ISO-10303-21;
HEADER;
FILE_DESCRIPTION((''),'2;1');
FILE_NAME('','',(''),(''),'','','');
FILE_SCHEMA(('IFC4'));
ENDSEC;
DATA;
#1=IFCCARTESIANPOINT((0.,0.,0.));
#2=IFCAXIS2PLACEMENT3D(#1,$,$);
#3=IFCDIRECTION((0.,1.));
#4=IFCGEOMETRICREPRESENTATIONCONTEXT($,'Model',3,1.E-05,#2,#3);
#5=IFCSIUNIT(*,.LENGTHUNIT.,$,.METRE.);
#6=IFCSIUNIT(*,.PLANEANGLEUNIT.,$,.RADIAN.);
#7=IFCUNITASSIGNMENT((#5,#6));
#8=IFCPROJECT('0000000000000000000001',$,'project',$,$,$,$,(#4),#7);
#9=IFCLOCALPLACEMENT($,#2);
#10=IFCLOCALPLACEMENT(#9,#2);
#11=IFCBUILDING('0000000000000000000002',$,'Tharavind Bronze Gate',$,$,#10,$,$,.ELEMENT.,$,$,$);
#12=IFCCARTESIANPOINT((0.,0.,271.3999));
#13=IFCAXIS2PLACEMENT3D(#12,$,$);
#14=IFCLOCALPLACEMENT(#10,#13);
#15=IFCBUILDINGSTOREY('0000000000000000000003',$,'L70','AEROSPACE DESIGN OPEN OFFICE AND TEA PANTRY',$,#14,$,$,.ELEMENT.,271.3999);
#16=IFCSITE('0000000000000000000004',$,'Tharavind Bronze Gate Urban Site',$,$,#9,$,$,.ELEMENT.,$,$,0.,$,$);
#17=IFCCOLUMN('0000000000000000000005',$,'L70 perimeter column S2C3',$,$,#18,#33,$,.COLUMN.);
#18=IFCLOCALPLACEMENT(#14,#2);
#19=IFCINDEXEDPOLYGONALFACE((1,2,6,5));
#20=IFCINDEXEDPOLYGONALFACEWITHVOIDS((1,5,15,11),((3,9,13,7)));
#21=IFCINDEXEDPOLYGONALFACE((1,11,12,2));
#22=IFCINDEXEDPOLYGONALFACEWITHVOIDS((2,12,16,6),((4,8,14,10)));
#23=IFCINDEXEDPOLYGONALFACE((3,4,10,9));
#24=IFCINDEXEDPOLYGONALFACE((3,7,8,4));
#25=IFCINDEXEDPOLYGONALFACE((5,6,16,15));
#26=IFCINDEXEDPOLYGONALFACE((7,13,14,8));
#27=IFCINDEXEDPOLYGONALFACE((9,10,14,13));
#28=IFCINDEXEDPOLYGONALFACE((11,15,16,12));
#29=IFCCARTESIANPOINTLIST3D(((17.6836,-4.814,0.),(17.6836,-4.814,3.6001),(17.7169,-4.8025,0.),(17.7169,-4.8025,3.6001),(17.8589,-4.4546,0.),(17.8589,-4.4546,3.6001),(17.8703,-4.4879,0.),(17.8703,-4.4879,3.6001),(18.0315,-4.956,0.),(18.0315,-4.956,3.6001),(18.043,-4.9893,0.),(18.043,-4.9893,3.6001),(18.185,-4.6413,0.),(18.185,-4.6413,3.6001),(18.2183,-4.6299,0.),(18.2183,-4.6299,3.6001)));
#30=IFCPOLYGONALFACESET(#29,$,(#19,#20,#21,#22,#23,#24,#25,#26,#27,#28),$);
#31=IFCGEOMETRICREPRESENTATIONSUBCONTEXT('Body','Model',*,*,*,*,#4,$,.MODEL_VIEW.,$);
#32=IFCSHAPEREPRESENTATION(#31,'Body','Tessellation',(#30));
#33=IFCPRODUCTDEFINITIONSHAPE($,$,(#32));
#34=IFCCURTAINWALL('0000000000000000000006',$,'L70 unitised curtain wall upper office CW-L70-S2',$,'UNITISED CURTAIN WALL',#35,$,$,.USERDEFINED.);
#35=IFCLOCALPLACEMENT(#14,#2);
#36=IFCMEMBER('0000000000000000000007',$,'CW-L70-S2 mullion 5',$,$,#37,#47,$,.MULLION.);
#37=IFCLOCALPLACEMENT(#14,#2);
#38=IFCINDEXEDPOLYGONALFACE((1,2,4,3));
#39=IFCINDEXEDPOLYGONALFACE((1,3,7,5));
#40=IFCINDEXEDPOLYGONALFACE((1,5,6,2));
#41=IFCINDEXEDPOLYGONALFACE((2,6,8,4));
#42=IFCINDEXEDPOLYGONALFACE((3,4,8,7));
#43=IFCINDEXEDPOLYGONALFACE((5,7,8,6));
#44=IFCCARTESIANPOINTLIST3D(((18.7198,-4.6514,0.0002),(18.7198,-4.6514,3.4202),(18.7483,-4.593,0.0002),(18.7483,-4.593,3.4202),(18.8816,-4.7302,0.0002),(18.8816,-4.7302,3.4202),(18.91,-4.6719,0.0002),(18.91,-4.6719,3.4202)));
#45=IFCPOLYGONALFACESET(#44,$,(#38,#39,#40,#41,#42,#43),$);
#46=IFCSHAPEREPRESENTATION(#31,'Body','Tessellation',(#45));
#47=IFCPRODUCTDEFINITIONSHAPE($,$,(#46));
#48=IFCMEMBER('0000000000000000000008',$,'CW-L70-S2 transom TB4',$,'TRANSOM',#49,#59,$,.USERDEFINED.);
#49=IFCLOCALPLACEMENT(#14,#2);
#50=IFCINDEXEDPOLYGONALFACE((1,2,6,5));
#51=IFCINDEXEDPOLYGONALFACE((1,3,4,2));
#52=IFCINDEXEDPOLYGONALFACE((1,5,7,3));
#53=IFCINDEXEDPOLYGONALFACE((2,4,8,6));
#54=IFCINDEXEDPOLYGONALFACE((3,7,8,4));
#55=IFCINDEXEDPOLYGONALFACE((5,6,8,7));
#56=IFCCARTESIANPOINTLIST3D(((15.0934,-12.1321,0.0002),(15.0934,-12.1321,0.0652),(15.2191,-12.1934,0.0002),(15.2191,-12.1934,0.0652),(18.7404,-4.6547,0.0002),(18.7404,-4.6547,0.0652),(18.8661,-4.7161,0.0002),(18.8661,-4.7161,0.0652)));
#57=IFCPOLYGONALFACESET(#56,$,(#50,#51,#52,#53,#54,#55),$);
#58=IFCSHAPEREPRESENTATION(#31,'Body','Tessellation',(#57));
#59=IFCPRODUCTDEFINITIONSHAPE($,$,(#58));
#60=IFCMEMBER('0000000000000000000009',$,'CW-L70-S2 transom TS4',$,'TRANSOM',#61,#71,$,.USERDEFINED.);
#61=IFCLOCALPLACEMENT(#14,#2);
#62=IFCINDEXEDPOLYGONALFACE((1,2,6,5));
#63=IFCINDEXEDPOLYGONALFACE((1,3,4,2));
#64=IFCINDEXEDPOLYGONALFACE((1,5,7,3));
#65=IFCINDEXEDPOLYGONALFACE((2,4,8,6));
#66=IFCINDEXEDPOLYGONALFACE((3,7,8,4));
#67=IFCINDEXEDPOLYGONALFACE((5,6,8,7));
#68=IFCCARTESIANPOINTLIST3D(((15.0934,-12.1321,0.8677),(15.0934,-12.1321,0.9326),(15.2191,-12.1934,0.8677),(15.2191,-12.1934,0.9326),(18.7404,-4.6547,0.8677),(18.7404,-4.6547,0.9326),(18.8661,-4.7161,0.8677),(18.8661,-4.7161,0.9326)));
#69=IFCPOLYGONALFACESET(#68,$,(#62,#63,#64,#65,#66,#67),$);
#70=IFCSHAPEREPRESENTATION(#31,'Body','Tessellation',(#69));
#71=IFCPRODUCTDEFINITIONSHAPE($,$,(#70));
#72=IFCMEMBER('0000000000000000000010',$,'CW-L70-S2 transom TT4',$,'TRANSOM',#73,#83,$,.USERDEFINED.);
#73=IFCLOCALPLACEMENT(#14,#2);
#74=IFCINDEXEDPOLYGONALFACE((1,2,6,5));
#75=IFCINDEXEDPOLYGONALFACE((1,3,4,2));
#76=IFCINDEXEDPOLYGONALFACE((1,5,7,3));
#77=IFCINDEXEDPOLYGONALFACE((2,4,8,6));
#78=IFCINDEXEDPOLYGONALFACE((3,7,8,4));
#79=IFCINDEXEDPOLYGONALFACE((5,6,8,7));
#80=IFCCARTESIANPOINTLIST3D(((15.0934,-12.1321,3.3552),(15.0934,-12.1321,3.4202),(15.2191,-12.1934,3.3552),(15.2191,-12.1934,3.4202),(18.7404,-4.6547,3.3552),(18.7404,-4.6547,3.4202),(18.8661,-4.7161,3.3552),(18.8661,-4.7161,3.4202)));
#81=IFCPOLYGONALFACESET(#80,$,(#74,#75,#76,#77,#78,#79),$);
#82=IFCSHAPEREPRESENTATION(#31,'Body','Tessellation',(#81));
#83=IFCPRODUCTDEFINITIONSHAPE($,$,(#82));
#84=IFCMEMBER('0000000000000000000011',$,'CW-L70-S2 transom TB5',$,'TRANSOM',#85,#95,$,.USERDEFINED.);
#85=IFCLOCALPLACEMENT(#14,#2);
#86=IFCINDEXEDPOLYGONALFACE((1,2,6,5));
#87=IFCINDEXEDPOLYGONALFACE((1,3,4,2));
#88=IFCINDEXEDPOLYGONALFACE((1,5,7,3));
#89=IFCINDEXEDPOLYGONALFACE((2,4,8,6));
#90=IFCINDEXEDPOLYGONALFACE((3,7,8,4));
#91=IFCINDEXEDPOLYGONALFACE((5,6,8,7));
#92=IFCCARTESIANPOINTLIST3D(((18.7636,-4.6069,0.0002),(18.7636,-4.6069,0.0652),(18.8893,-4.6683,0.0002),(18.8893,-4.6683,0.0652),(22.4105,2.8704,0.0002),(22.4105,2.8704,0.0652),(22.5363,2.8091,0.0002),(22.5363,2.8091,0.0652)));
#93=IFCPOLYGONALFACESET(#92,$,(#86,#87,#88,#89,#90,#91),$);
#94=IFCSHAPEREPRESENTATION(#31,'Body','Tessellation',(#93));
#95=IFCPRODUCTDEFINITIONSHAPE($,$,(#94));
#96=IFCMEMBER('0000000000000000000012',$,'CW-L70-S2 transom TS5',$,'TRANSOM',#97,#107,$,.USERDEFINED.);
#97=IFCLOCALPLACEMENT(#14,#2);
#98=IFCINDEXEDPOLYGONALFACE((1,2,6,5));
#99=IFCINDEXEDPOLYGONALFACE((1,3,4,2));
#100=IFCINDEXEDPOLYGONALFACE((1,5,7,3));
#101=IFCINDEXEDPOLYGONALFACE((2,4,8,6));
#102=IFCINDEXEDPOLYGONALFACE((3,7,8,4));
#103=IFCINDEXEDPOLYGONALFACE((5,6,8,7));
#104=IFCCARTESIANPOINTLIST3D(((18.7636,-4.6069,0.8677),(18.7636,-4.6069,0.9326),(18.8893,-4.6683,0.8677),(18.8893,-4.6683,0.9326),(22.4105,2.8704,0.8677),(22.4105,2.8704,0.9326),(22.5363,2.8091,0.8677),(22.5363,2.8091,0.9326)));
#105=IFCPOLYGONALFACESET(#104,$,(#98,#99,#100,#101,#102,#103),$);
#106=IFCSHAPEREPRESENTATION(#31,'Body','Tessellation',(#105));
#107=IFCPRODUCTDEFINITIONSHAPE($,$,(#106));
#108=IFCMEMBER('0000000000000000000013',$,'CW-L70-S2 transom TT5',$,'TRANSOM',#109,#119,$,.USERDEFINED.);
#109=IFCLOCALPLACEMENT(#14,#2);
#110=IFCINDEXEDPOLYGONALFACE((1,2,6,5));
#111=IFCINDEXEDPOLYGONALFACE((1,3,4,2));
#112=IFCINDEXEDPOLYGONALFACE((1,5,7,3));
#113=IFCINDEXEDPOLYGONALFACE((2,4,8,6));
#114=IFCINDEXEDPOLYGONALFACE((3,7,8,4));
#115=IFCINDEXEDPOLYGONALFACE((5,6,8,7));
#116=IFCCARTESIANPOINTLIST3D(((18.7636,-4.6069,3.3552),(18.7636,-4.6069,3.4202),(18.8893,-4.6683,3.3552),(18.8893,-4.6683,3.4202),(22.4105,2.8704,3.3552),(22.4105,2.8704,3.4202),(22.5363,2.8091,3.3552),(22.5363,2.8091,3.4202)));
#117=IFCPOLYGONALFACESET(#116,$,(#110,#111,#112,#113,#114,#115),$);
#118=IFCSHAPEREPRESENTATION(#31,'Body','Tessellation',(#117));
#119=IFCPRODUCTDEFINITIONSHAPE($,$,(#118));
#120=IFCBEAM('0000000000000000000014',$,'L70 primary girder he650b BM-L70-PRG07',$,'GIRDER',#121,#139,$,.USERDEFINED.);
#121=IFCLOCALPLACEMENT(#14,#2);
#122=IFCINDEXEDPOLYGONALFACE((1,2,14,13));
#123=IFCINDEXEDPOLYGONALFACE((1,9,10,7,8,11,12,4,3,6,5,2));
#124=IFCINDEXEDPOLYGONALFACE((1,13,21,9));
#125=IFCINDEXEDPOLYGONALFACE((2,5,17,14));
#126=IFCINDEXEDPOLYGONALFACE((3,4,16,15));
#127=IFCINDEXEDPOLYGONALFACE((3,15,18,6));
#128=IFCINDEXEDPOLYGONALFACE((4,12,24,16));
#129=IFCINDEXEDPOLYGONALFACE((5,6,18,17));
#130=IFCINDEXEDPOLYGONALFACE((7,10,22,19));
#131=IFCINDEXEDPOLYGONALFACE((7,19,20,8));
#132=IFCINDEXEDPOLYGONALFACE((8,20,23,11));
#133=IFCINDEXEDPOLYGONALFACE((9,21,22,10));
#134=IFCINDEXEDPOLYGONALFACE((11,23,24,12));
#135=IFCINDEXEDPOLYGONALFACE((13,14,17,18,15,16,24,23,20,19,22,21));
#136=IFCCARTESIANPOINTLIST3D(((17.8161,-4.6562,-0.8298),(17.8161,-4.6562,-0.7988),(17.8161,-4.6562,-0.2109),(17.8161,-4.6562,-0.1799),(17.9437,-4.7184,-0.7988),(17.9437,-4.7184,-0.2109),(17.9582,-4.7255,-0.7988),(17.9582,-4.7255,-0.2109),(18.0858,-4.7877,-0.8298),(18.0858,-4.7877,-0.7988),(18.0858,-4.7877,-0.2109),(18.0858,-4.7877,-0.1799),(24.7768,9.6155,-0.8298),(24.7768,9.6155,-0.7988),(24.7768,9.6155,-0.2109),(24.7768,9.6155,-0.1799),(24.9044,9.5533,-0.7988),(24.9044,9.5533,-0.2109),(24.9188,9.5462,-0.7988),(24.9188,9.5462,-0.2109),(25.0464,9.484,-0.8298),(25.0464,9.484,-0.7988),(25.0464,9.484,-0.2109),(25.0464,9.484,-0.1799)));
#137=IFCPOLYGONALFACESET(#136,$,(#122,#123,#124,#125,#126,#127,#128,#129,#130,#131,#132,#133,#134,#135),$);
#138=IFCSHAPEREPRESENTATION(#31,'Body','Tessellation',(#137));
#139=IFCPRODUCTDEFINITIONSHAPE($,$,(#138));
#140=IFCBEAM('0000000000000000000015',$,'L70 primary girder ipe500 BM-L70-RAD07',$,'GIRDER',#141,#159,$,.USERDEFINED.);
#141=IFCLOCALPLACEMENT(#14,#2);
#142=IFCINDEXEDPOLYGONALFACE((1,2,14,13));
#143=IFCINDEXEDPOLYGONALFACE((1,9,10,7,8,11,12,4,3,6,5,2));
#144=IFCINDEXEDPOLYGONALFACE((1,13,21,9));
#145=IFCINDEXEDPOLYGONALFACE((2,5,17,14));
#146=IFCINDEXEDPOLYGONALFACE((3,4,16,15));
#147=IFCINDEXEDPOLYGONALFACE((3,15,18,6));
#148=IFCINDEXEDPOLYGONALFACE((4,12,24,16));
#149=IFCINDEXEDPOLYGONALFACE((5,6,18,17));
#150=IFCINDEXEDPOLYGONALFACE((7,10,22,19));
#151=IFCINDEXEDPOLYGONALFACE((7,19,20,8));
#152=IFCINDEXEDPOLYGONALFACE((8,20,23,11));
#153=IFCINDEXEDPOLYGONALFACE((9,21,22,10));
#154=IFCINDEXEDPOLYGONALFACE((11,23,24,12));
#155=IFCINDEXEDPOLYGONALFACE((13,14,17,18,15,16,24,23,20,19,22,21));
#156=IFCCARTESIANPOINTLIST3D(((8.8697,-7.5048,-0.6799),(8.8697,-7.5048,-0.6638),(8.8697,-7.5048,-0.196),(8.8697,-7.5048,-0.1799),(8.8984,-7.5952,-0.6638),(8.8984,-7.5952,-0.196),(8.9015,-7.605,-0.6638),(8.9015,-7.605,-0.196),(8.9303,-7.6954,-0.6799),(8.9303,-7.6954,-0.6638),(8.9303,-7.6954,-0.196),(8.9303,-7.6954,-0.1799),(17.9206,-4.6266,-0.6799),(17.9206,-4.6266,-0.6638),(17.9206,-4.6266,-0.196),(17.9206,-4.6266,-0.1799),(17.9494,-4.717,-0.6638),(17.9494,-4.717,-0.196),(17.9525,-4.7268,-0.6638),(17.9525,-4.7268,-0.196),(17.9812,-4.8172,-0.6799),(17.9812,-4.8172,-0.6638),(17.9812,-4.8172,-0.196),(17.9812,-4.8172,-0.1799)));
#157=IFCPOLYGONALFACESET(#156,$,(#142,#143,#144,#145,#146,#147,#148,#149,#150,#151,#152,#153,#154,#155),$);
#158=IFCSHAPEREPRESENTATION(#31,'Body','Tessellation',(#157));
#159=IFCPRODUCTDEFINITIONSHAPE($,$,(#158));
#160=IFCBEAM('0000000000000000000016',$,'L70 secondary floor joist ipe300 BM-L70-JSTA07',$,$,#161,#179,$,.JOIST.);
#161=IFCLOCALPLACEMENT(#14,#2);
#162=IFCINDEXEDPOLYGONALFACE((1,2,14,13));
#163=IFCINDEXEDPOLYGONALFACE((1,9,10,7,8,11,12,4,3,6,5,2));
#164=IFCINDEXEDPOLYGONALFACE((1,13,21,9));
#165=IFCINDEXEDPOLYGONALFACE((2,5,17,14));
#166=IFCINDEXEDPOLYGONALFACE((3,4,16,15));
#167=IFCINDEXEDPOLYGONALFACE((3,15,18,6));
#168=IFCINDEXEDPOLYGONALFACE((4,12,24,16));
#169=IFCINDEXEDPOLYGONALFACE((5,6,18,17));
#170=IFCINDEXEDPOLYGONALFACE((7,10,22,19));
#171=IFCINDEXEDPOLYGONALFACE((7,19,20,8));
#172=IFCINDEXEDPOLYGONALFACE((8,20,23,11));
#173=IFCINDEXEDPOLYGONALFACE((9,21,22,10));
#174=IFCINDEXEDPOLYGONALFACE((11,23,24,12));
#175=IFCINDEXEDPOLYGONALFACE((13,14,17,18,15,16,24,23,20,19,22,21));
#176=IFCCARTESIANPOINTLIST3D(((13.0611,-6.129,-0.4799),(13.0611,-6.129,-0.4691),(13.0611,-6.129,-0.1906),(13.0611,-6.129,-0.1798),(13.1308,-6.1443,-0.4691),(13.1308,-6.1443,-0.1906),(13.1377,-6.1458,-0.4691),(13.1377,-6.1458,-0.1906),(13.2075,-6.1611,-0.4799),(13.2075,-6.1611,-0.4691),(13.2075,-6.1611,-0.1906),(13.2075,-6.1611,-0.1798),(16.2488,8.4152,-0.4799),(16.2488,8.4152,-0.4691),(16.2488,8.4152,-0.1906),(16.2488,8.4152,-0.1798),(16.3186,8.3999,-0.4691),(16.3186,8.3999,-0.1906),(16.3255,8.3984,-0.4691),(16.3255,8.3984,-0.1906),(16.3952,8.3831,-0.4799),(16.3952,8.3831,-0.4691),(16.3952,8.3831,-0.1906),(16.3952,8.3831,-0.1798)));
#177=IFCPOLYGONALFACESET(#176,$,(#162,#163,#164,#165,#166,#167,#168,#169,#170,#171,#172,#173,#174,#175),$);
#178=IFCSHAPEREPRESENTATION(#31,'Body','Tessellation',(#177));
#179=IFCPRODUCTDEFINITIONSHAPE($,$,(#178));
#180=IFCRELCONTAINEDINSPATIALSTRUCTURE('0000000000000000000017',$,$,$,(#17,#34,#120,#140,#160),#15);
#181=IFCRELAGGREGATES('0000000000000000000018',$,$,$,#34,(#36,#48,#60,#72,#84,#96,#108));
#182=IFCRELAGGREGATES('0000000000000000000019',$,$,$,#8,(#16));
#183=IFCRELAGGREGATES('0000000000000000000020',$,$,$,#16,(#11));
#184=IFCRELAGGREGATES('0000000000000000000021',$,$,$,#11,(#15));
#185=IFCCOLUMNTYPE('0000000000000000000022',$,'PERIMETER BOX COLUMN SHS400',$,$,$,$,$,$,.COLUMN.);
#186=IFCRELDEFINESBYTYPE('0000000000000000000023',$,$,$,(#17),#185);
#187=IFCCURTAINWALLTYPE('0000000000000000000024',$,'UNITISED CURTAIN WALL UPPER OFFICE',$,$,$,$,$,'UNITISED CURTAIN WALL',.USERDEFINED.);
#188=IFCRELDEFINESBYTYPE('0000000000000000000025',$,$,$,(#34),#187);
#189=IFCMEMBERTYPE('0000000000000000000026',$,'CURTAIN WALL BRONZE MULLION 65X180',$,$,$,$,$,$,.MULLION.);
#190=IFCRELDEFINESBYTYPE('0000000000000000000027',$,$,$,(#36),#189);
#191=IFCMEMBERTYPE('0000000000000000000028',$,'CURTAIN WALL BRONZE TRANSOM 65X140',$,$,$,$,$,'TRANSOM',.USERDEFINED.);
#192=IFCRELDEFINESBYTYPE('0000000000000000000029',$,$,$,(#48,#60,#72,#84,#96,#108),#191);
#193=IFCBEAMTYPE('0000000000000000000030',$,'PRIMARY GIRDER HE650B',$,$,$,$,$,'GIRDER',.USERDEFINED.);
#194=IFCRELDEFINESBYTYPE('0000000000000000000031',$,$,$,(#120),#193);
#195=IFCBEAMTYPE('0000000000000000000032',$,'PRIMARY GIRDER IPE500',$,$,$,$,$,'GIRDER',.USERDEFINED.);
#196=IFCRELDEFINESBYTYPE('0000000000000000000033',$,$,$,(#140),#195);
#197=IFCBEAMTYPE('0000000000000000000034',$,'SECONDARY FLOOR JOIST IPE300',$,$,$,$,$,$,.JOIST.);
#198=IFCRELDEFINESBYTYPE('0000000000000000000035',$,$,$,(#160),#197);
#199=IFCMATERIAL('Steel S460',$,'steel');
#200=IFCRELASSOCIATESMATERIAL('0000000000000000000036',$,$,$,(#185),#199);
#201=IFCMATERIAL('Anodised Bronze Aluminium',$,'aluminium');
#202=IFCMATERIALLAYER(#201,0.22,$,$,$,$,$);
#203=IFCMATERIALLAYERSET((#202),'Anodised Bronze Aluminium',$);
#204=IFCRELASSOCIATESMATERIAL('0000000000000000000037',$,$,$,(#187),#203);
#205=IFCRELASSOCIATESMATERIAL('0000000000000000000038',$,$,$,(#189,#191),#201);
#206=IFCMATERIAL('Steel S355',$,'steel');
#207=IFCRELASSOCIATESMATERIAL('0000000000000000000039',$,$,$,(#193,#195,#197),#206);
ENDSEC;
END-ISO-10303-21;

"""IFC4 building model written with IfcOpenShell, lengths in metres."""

from ifc_helpers import new_model, si_unit, direction, frame, origin, origin_2d, place, context, subcontext, project, spatial, rectangle, hollow_rectangle, i_section, extrude, material, layer, layer_set, material_profile, profile_set, type_object, element, aggregate, save


model = new_model("IFC4")

# Units and contexts
model_context = context("Model", 3, precision=1e-05, world=origin(), true_north=direction((0.0, 1.0)))
body_context = subcontext(model_context, "Body", "Model", "MODEL_VIEW")
ifc_project = project(units=[si_unit("LENGTHUNIT", "METRE"), si_unit("PLANEANGLEUNIT", "RADIAN")], contexts=[model_context])

# Site, building, storey
site_placement = place(None, origin())
site = spatial("IfcSite", under=ifc_project, at=site_placement, Name="Tharavind Bronze Gate Urban Site", CompositionType="ELEMENT", RefElevation=0.0)
building_placement = place(site_placement, origin())
building = spatial("IfcBuilding", under=site, at=building_placement, Name="Tharavind Bronze Gate", CompositionType="ELEMENT")
storey_placement = place(building_placement, frame((0.0, 0.0, 271.3999)))
storey = spatial("IfcBuildingStorey", under=building, at=storey_placement, Name="L70", Description="AEROSPACE DESIGN OPEN OFFICE AND TEA PANTRY", CompositionType="ELEMENT", Elevation=271.3999)

# Column
ifc_material_1 = material(Name="Steel S460", Category="steel")
ifc_material_profile_1 = material_profile(ifc_material_1, hollow_rectangle(XDim=0.3999, YDim=0.3999, WallThickness=0.0249, at=origin_2d()), Name="SHS400X25")
ifc_profile_set_1 = profile_set([ifc_material_profile_1], Name="Steel S460")
column_type = type_object("IfcColumnType", Name="PERIMETER BOX COLUMN SHS400", PredefinedType="COLUMN", material=ifc_profile_set_1)
column_placement = place(storey_placement, frame((17.9509, -4.7219, 0.0), z_axis=(0.0, 0.0, 1.0), x_axis=(0.438373, 0.898793, 0.0)))
element("IfcColumn", 1, at=column_placement, inside=storey, type_object=column_type, Name="L70 perimeter column S2C3", PredefinedType="COLUMN", context=body_context, shape_type="SweptSolid", body=[
    extrude(hollow_rectangle(XDim=0.3999, YDim=0.3999, WallThickness=0.0249, at=origin_2d()), origin(), (0.0, 0.0, 1.0), 3.6001),
])

# Curtain wall, members
ifc_material_2 = material(Name="Anodised Bronze Aluminium", Category="aluminium")
ifc_layer_1 = layer(ifc_material_2, 0.22)
ifc_layer_set_1 = layer_set([ifc_layer_1], Name="Anodised Bronze Aluminium")
curtain_wall_type = type_object("IfcCurtainWallType", Name="UNITISED CURTAIN WALL UPPER OFFICE", ElementType="UNITISED CURTAIN WALL", PredefinedType="USERDEFINED", material=ifc_layer_set_1)
curtain_wall_placement = place(storey_placement, origin())
curtain_wall = element("IfcCurtainWall", 2, at=curtain_wall_placement, inside=storey, type_object=curtain_wall_type, Name="L70 unitised curtain wall upper office CW-L70-S2", ObjectType="UNITISED CURTAIN WALL", PredefinedType="USERDEFINED")
member_type_1 = type_object("IfcMemberType", Name="CURTAIN WALL BRONZE MULLION 65X180", PredefinedType="MULLION", material=ifc_material_2)
member_1_placement = place(storey_placement, frame((18.8149, -4.6616, 0.0002), z_axis=(0.0, 0.0, 1.0), x_axis=(0.438373, 0.898793, 0.0)))
member_1 = element("IfcMember", 3, at=member_1_placement, type_object=member_type_1, Name="CW-L70-S2 mullion 5", PredefinedType="MULLION", context=body_context, shape_type="SweptSolid", body=[
    extrude(rectangle(XDim=0.0649, YDim=0.1799, at=origin_2d()), origin(), (0.0, 0.0, 1.0), 3.4199),
])
member_type_2 = type_object("IfcMemberType", Name="CURTAIN WALL BRONZE TRANSOM 65X140", ElementType="TRANSOM", PredefinedType="USERDEFINED", material=ifc_material_2)
member_2_placement = place(storey_placement, frame((16.9797, -8.4241, 0.0002), z_axis=(0.0, 0.0, 1.0), x_axis=(0.438373, 0.898793, 0.0)))
member_2 = element("IfcMember", 4, at=member_2_placement, type_object=member_type_2, Name="CW-L70-S2 transom TB4", ObjectType="TRANSOM", PredefinedType="USERDEFINED", context=body_context, shape_type="SweptSolid", body=[
    extrude(rectangle(XDim=8.3193, YDim=0.1399, at=origin_2d()), origin(), (0.0, 0.0, 1.0), 0.0649),
])
member_3_placement = place(storey_placement, frame((16.9797, -8.4241, 0.8677), z_axis=(0.0, 0.0, 1.0), x_axis=(0.438373, 0.898793, 0.0)))
member_3 = element("IfcMember", 5, at=member_3_placement, type_object=member_type_2, Name="CW-L70-S2 transom TS4", ObjectType="TRANSOM", PredefinedType="USERDEFINED", context=body_context, shape_type="SweptSolid", body=[
    extrude(rectangle(XDim=8.3193, YDim=0.1399, at=origin_2d()), origin(), (0.0, 0.0, 1.0), 0.0649),
])
member_4_placement = place(storey_placement, frame((16.9797, -8.4241, 3.3552), z_axis=(0.0, 0.0, 1.0), x_axis=(0.438373, 0.898793, 0.0)))
member_4 = element("IfcMember", 6, at=member_4_placement, type_object=member_type_2, Name="CW-L70-S2 transom TT4", ObjectType="TRANSOM", PredefinedType="USERDEFINED", context=body_context, shape_type="SweptSolid", body=[
    extrude(rectangle(XDim=8.3193, YDim=0.1399, at=origin_2d()), origin(), (0.0, 0.0, 1.0), 0.0649),
])
member_5_placement = place(storey_placement, frame((20.6499, -0.8989, 0.0002), z_axis=(0.0, 0.0, 1.0), x_axis=(0.438373, 0.898793, 0.0)))
member_5 = element("IfcMember", 7, at=member_5_placement, type_object=member_type_2, Name="CW-L70-S2 transom TB5", ObjectType="TRANSOM", PredefinedType="USERDEFINED", context=body_context, shape_type="SweptSolid", body=[
    extrude(rectangle(XDim=8.3193, YDim=0.1399, at=origin_2d()), origin(), (0.0, 0.0, 1.0), 0.0649),
])
member_6_placement = place(storey_placement, frame((20.6499, -0.8989, 0.8677), z_axis=(0.0, 0.0, 1.0), x_axis=(0.438373, 0.898793, 0.0)))
member_6 = element("IfcMember", 8, at=member_6_placement, type_object=member_type_2, Name="CW-L70-S2 transom TS5", ObjectType="TRANSOM", PredefinedType="USERDEFINED", context=body_context, shape_type="SweptSolid", body=[
    extrude(rectangle(XDim=8.3193, YDim=0.1399, at=origin_2d()), origin(), (0.0, 0.0, 1.0), 0.0649),
])
member_7_placement = place(storey_placement, frame((20.6499, -0.8989, 3.3552), z_axis=(0.0, 0.0, 1.0), x_axis=(0.438373, 0.898793, 0.0)))
member_7 = element("IfcMember", 9, at=member_7_placement, type_object=member_type_2, Name="CW-L70-S2 transom TT5", ObjectType="TRANSOM", PredefinedType="USERDEFINED", context=body_context, shape_type="SweptSolid", body=[
    extrude(rectangle(XDim=8.3193, YDim=0.1399, at=origin_2d()), origin(), (0.0, 0.0, 1.0), 0.0649),
])

# Beams
ifc_material_3 = material(Name="Steel S355", Category="steel")
ifc_material_profile_2 = material_profile(ifc_material_3, i_section(OverallWidth=0.3, OverallDepth=0.6499, WebThickness=0.0161, FlangeThickness=0.031, at=origin_2d()), Name="HE650B")
ifc_profile_set_2 = profile_set([ifc_material_profile_2], Name="Steel S355")
beam_type_1 = type_object("IfcBeamType", Name="PRIMARY GIRDER HE650B", ElementType="GIRDER", PredefinedType="USERDEFINED", material=ifc_profile_set_2)
beam_1_placement = place(storey_placement, frame((17.9509, -4.7219, -0.5049), z_axis=(0.438366, 0.898796, 0.0), x_axis=(-0.898796, 0.438366, 0.0)))
element("IfcBeam", 10, at=beam_1_placement, inside=storey, type_object=beam_type_1, Name="L70 primary girder he650b BM-L70-PRG07", ObjectType="GIRDER", PredefinedType="USERDEFINED", context=body_context, shape_type="SweptSolid", body=[
    extrude(i_section(OverallWidth=0.3, OverallDepth=0.6499, WebThickness=0.0161, FlangeThickness=0.031, at=origin_2d()), origin(), (0.0, 0.0, 1.0), 15.8787),
])
ifc_material_profile_3 = material_profile(ifc_material_3, i_section(OverallWidth=0.2, OverallDepth=0.5, WebThickness=0.0103, FlangeThickness=0.0161, at=origin_2d()), Name="IPE500")
ifc_profile_set_3 = profile_set([ifc_material_profile_3], Name="Steel S355")
beam_type_2 = type_object("IfcBeamType", Name="PRIMARY GIRDER IPE500", ElementType="GIRDER", PredefinedType="USERDEFINED", material=ifc_profile_set_3)
beam_2_placement = place(storey_placement, frame((17.9509, -4.7219, -0.4299), z_axis=(-0.952977, -0.303041, 0.0), x_axis=(0.303041, -0.952977, 0.0)))
element("IfcBeam", 11, at=beam_2_placement, inside=storey, type_object=beam_type_2, Name="L70 primary girder ipe500 BM-L70-RAD07", ObjectType="GIRDER", PredefinedType="USERDEFINED", context=body_context, shape_type="SweptSolid", body=[
    extrude(i_section(OverallWidth=0.2, OverallDepth=0.5, WebThickness=0.0103, FlangeThickness=0.0161, at=origin_2d()), origin(), (0.0, 0.0, 1.0), 9.4976),
])
ifc_material_profile_4 = material_profile(ifc_material_3, i_section(OverallWidth=0.1499, OverallDepth=0.3, WebThickness=0.0071, FlangeThickness=0.0107, at=origin_2d()), Name="IPE300")
ifc_profile_set_4 = profile_set([ifc_material_profile_4], Name="Steel S355")
beam_type_3 = type_object("IfcBeamType", Name="SECONDARY FLOOR JOIST IPE300", PredefinedType="JOIST", material=ifc_profile_set_4)
beam_3_placement = place(storey_placement, frame((13.1343, -6.145, -0.3298), z_axis=(0.214094, 0.976813, 0.0), x_axis=(-0.976813, 0.214094, 0.0)))
element("IfcBeam", 12, at=beam_3_placement, inside=storey, type_object=beam_type_3, Name="L70 secondary floor joist ipe300 BM-L70-JSTA07", PredefinedType="JOIST", context=body_context, shape_type="SweptSolid", body=[
    extrude(i_section(OverallWidth=0.1499, OverallDepth=0.3, WebThickness=0.0071, FlangeThickness=0.0107, at=origin_2d()), origin(), (0.0, 0.0, 1.0), 14.8894),
])

aggregate(curtain_wall, [member_1, member_2, member_3, member_4, member_5, member_6, member_7])

save(model, "model.ifc")
